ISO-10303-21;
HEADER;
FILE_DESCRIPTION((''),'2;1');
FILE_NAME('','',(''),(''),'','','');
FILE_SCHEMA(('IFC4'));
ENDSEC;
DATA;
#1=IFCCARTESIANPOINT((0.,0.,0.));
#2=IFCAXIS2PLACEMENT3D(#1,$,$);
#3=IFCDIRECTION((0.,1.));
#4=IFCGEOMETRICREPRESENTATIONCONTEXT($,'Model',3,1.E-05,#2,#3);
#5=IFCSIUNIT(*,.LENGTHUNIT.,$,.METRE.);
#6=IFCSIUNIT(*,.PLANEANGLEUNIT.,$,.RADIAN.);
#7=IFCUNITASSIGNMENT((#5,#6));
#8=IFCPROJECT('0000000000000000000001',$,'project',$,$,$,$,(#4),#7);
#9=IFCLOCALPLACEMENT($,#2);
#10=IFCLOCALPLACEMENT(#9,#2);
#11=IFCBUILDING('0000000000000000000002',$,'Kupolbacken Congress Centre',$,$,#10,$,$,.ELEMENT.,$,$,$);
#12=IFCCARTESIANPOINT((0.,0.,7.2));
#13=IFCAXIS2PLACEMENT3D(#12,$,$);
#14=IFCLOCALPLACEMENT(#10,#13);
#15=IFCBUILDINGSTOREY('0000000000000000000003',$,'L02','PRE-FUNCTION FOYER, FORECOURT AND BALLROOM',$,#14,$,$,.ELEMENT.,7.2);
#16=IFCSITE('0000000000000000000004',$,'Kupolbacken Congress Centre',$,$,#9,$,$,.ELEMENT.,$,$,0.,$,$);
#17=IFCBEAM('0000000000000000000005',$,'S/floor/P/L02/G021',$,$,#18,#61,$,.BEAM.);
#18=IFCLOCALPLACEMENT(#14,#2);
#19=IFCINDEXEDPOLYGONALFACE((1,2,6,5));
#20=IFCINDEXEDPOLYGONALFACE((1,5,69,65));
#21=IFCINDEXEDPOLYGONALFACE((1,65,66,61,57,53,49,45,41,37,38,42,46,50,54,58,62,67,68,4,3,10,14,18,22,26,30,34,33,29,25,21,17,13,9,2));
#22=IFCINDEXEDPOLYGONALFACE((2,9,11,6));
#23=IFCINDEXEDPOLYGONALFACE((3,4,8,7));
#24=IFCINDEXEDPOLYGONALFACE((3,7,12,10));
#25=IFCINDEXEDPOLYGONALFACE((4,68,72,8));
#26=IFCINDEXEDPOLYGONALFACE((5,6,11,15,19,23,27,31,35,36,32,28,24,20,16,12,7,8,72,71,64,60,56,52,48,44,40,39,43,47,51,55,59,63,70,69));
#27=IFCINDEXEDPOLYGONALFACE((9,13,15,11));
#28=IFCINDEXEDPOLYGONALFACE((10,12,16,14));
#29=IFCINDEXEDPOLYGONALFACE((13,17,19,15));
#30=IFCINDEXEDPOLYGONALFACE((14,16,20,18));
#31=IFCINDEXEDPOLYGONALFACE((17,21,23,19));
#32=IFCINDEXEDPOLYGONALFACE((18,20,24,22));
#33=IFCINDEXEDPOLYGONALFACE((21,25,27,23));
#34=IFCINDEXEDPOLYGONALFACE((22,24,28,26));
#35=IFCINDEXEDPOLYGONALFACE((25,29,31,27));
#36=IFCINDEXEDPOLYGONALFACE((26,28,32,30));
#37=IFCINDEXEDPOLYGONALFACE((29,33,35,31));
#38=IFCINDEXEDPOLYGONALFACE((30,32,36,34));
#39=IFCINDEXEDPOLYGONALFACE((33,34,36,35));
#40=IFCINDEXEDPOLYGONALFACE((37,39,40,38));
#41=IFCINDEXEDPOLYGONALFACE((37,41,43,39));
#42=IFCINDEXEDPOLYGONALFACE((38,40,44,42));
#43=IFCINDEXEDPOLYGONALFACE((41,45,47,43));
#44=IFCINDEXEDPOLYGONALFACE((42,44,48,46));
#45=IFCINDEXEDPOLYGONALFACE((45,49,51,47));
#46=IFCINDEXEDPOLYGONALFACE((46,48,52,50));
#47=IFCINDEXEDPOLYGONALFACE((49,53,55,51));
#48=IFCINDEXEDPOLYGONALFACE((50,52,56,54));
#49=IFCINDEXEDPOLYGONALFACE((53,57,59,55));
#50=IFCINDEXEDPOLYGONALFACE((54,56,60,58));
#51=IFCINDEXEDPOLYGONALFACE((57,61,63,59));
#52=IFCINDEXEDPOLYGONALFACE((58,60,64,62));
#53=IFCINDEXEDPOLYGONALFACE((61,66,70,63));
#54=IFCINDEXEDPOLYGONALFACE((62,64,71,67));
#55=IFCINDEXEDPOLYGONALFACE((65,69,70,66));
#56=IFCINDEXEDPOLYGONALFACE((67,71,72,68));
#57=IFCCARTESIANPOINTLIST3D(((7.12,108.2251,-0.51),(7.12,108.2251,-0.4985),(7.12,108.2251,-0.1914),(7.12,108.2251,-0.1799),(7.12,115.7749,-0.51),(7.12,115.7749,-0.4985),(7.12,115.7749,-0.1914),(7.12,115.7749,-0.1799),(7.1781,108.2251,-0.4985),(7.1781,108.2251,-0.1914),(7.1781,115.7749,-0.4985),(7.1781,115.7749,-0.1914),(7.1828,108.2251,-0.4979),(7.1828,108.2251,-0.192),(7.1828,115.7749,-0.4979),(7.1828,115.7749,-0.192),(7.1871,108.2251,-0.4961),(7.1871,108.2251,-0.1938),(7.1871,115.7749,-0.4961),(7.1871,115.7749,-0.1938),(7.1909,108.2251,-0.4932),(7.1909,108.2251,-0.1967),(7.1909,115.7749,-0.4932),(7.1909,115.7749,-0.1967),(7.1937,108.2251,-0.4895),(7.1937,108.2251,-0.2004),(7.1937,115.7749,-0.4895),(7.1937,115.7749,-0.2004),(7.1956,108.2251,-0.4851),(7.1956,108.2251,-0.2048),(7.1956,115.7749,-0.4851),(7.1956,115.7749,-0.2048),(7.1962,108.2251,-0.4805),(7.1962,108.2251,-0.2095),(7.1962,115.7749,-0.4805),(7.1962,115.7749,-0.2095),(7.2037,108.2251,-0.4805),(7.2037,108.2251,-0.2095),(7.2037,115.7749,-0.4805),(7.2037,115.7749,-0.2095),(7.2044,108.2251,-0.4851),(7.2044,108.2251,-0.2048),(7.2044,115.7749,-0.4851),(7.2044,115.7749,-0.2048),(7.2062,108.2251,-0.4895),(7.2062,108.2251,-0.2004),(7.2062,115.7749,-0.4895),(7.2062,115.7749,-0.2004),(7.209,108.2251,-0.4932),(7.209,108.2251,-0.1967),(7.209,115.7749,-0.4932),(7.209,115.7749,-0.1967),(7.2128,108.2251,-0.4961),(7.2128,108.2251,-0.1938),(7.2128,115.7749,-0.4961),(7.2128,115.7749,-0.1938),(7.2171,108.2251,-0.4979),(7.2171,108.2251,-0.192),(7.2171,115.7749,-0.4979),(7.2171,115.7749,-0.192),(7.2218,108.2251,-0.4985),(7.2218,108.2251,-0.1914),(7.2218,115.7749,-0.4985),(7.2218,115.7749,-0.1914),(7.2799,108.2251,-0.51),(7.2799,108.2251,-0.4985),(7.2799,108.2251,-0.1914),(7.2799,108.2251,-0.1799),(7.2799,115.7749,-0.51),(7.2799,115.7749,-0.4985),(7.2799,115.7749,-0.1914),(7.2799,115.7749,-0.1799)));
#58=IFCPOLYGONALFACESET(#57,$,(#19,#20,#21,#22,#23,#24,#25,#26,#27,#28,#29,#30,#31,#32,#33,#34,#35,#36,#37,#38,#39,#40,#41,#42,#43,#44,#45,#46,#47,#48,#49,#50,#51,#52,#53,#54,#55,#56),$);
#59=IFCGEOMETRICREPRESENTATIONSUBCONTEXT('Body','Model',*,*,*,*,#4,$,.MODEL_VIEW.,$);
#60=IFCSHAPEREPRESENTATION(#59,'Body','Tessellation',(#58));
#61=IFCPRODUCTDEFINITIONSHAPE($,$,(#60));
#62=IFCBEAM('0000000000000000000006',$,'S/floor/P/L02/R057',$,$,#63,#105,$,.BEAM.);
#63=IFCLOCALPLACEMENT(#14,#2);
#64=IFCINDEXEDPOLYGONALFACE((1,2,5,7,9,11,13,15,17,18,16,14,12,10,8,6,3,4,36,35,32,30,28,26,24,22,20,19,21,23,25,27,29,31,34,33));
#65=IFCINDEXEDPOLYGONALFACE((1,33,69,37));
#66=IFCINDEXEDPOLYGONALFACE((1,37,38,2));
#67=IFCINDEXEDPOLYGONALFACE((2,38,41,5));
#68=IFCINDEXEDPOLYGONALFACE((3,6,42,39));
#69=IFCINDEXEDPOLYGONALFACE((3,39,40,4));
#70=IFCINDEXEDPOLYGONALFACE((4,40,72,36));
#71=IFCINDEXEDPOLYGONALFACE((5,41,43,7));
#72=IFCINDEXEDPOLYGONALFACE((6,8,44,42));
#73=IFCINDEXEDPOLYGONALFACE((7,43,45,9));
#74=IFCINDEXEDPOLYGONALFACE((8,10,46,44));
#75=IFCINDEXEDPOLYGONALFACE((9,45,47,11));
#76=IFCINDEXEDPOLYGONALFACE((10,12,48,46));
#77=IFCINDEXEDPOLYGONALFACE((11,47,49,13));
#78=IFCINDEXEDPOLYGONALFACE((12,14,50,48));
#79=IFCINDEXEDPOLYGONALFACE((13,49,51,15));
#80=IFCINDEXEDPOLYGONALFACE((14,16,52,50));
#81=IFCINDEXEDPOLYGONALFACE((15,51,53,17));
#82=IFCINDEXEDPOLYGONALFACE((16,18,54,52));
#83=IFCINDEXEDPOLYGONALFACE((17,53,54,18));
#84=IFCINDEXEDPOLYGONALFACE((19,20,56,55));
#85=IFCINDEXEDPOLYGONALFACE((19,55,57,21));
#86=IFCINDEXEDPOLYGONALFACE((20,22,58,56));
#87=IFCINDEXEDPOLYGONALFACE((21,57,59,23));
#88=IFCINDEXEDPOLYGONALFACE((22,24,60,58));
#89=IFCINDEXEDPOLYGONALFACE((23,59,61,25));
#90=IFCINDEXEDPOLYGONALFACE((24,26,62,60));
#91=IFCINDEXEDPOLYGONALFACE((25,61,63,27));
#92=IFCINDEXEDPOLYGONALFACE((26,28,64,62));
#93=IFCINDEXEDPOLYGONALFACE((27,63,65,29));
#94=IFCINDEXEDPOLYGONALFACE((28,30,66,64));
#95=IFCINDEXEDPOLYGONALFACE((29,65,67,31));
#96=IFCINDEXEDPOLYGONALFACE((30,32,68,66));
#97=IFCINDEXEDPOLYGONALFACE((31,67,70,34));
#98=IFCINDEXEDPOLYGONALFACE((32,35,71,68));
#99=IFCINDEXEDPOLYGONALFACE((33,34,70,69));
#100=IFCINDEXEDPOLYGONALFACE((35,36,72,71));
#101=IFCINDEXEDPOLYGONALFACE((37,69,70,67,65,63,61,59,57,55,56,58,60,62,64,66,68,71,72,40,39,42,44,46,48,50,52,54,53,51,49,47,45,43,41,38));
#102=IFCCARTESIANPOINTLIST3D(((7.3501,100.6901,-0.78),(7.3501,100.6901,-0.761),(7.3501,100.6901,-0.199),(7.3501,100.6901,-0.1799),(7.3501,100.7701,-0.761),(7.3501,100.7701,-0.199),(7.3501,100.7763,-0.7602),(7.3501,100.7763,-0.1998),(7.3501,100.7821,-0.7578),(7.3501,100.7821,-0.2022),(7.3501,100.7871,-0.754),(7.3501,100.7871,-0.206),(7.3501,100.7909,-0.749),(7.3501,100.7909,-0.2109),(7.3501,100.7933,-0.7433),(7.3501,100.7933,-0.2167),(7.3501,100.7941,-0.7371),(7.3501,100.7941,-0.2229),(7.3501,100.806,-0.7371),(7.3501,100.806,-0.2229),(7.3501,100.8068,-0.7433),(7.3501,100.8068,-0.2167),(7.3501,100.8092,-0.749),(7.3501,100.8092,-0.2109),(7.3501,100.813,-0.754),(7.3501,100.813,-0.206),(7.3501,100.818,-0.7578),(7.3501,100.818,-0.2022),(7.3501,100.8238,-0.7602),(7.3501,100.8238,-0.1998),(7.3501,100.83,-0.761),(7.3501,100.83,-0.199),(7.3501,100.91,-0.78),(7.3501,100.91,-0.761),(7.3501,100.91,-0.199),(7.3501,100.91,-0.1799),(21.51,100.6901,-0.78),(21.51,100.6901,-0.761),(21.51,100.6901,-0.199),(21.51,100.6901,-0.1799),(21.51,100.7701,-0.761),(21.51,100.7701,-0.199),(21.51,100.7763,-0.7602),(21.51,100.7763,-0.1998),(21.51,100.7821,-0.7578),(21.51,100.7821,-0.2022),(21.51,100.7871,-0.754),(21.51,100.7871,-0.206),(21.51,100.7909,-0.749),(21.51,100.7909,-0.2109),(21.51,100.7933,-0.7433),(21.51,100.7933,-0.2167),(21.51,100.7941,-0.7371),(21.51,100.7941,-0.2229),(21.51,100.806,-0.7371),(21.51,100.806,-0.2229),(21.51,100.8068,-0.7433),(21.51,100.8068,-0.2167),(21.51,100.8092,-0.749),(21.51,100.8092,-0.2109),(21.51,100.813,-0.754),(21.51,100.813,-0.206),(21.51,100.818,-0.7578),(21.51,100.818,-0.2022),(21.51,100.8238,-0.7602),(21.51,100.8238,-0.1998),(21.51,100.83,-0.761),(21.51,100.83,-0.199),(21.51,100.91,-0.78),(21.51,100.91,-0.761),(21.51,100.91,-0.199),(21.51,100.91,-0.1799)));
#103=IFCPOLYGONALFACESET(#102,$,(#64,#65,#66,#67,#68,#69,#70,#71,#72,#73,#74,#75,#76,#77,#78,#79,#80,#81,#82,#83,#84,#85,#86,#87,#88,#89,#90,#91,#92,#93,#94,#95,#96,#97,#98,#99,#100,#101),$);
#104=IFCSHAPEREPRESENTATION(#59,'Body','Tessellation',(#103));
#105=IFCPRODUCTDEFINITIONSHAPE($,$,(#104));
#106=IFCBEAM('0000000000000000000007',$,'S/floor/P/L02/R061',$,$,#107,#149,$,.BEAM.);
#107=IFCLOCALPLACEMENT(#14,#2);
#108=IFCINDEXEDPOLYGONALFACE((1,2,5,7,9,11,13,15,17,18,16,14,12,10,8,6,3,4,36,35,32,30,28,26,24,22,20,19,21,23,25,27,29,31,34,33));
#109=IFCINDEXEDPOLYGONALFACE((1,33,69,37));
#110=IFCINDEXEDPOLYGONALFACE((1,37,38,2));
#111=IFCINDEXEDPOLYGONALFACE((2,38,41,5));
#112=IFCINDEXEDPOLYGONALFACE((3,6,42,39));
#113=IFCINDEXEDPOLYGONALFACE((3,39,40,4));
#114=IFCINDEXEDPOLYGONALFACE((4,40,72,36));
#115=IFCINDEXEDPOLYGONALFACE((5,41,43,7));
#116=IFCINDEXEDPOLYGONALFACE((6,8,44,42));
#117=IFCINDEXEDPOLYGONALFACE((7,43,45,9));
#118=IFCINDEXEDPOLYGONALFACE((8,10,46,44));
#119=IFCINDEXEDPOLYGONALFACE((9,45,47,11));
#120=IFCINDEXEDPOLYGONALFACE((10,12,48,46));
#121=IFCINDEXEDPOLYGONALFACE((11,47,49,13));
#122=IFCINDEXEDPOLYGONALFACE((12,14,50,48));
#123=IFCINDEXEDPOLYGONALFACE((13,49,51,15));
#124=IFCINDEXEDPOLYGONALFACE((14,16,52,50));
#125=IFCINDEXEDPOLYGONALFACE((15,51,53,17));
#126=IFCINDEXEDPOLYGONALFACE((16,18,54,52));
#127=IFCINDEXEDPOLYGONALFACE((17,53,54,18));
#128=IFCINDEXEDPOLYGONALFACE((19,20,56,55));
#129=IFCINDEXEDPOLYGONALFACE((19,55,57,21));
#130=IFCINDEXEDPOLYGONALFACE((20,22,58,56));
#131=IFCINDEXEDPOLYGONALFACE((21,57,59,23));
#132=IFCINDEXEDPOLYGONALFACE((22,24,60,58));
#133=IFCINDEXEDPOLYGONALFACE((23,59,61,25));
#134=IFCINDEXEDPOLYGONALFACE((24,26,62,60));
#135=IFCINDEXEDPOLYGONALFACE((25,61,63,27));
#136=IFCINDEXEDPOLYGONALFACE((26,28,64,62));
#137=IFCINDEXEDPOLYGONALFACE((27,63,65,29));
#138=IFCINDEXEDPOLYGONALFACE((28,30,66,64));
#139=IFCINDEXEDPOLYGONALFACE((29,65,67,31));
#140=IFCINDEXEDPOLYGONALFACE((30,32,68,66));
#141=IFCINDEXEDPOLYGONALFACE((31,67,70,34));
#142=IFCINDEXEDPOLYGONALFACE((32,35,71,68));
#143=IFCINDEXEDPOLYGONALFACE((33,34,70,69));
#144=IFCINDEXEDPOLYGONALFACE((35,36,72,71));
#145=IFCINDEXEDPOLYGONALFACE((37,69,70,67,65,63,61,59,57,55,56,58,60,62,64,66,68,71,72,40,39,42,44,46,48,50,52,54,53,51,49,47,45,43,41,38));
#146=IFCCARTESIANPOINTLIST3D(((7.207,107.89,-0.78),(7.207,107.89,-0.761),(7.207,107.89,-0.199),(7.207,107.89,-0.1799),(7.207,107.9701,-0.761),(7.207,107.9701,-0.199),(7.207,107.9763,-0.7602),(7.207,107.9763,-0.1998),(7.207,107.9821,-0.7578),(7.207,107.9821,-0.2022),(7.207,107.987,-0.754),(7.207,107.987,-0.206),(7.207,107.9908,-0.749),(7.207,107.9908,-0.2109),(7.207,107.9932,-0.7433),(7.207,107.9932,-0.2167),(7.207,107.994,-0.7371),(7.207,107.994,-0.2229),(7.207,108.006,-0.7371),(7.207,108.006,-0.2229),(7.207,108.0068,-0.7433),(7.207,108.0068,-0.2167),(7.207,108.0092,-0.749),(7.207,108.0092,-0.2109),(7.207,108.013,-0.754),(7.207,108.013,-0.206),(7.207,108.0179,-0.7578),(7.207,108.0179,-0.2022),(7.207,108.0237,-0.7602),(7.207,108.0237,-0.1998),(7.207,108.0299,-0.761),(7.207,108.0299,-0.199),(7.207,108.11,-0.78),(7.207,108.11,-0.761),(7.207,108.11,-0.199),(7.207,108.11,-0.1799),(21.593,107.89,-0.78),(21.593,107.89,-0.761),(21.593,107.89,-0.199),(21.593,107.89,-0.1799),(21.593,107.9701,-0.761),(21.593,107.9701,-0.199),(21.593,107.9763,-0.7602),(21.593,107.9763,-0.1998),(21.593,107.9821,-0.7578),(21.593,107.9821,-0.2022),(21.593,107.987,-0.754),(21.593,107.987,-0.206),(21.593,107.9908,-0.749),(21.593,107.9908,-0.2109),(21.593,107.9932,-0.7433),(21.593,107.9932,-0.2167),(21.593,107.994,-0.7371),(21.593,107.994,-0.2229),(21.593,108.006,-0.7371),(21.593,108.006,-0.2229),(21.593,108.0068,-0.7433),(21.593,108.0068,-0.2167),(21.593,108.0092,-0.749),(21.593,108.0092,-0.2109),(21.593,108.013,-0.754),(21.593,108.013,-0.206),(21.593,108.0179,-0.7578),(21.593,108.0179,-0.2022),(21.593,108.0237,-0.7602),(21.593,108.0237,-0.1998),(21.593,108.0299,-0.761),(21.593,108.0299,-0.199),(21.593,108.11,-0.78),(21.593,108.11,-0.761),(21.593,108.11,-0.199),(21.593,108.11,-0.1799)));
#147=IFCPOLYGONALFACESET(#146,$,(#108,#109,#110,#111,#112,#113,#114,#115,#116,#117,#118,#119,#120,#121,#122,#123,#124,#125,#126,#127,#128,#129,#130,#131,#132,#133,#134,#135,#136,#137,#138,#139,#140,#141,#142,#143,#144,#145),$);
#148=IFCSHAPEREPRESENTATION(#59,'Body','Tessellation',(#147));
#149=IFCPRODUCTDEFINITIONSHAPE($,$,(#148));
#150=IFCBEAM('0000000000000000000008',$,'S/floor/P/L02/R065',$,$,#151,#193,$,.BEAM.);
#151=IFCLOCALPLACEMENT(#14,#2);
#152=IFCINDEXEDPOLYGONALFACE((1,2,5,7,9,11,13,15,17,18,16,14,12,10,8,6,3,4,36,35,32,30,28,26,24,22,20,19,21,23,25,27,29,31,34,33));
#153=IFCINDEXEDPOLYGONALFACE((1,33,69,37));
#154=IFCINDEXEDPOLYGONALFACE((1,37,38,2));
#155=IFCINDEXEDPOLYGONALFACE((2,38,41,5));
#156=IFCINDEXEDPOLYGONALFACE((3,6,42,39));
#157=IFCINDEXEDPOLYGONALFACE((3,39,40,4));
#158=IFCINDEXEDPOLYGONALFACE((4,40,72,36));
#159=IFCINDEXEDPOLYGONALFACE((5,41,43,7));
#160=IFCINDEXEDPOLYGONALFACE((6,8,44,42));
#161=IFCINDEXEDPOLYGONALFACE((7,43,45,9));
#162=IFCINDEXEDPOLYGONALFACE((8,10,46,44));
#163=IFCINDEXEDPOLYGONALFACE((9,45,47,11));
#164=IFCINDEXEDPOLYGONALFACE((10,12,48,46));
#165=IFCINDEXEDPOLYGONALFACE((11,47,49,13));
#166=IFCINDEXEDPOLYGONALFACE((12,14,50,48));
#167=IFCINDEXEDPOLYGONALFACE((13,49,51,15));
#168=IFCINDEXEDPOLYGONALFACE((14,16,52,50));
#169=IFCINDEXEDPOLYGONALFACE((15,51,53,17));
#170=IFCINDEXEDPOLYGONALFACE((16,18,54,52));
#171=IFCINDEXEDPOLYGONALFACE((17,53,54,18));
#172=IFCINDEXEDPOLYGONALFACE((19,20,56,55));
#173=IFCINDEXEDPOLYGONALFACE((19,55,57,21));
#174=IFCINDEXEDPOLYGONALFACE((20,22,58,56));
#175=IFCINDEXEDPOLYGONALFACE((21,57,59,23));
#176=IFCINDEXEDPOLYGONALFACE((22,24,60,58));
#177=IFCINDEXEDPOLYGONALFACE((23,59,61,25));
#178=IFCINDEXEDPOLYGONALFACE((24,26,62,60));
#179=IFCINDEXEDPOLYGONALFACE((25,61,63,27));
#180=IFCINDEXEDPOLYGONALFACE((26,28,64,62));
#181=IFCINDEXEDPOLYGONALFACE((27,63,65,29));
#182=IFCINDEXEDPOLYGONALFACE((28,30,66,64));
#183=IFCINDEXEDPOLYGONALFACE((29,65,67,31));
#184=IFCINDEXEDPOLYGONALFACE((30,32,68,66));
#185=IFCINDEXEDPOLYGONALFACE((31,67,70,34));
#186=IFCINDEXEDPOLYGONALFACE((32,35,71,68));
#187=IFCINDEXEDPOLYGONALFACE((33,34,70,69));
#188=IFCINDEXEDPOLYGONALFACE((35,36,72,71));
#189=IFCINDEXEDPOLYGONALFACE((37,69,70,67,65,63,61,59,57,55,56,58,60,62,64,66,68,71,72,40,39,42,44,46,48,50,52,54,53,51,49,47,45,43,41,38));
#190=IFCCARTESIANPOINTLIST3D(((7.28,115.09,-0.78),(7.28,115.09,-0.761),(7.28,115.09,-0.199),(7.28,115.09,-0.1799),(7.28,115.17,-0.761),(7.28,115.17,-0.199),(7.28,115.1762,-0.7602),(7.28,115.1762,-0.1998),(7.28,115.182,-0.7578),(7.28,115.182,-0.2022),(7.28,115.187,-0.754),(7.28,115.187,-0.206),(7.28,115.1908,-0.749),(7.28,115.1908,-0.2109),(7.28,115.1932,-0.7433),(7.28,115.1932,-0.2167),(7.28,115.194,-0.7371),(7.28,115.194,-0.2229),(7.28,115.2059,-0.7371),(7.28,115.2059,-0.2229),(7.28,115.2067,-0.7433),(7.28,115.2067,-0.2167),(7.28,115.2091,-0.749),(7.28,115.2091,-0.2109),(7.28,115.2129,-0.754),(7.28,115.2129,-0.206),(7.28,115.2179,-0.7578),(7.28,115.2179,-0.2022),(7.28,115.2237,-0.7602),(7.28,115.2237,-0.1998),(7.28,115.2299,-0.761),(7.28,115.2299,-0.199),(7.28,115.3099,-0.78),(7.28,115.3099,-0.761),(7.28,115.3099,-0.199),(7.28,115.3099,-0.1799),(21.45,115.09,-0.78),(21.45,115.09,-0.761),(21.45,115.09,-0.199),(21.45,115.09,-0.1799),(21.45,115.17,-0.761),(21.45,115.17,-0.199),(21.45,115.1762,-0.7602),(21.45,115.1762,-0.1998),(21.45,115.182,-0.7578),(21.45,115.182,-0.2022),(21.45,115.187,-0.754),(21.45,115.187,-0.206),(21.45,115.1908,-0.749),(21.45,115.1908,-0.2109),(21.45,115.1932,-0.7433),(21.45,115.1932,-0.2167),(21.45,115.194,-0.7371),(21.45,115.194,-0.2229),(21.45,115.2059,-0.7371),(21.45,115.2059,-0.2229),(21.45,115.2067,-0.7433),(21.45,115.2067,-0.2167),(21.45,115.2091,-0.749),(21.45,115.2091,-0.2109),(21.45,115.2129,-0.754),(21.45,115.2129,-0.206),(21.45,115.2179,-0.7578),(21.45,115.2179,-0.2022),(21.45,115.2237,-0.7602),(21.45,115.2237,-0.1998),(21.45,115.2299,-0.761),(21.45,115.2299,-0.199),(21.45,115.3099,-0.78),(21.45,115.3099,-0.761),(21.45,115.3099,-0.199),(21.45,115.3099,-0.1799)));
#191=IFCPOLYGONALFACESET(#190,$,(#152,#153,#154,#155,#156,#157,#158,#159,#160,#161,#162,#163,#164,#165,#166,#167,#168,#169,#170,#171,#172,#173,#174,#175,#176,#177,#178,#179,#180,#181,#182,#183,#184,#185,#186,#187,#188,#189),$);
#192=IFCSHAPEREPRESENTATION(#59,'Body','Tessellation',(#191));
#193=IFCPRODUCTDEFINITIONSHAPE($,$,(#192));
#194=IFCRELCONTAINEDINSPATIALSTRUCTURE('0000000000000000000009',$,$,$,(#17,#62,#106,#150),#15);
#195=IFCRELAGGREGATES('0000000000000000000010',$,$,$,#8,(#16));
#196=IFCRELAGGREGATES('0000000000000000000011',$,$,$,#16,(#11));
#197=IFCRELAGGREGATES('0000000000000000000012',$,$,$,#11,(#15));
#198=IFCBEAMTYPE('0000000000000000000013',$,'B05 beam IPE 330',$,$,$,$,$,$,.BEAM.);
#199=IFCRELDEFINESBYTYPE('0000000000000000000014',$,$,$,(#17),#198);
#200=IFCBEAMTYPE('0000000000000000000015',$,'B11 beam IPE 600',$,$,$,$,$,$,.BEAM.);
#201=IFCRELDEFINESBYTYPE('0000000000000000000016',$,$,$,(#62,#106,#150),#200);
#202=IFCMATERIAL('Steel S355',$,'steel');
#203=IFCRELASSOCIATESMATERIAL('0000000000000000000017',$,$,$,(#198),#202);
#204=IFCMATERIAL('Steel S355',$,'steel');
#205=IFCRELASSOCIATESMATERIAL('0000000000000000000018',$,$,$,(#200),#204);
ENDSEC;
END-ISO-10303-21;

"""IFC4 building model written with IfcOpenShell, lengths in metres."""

from ifc_helpers import new_model, si_unit, direction, frame, origin, origin_2d, place, context, subcontext, project, spatial, i_section, extrude, material, material_profile, profile_set, type_object, element, save


model = new_model("IFC4")

# Units and contexts
model_context = context("Model", 3, precision=1e-05, world=origin(), true_north=direction((0.0, 1.0)))
body_context = subcontext(model_context, "Body", "Model", "MODEL_VIEW")
ifc_project = project(units=[si_unit("LENGTHUNIT", "METRE"), si_unit("PLANEANGLEUNIT", "RADIAN")], contexts=[model_context])

# Site, building, storey
site_placement = place(None, origin())
site = spatial("IfcSite", under=ifc_project, at=site_placement, Name="Kupolbacken Congress Centre", CompositionType="ELEMENT", RefElevation=0.0)
building_placement = place(site_placement, origin())
building = spatial("IfcBuilding", under=site, at=building_placement, Name="Kupolbacken Congress Centre", CompositionType="ELEMENT")
storey_placement = place(building_placement, frame((0.0, 0.0, 7.2)))
storey = spatial("IfcBuildingStorey", under=building, at=storey_placement, Name="L02", Description="PRE-FUNCTION FOYER, FORECOURT AND BALLROOM", CompositionType="ELEMENT", Elevation=7.2)

# Beams
ifc_material_1 = material(Name="Steel S355", Category="steel")
ifc_material_profile_1 = material_profile(ifc_material_1, i_section(OverallWidth=0.1599, OverallDepth=0.3301, WebThickness=0.0076, FlangeThickness=0.0115, FilletRadius=0.0181, at=origin_2d()), Name="IPE 330")
ifc_profile_set_1 = profile_set([ifc_material_profile_1], Name="Steel S355")
beam_type_1 = type_object("IfcBeamType", Name="B05 beam IPE 330", PredefinedType="BEAM", material=ifc_profile_set_1)
beam_1_placement = place(storey_placement, frame((7.2, 108.2251, -0.345), z_axis=(0.0, 1.0, 0.0), x_axis=(-1.0, 0.0, 0.0)))
element("IfcBeam", 1, at=beam_1_placement, inside=storey, type_object=beam_type_1, Name="S/floor/P/L02/G021", PredefinedType="BEAM", context=body_context, shape_type="SweptSolid", body=[
    extrude(i_section(OverallWidth=0.1599, OverallDepth=0.3301, WebThickness=0.0076, FlangeThickness=0.0115, FilletRadius=0.0181, at=origin_2d()), origin(), (0.0, 0.0, 1.0), 7.5498),
])
ifc_material_2 = material(Name="Steel S355", Category="steel")
ifc_material_profile_2 = material_profile(ifc_material_2, i_section(OverallWidth=0.22, OverallDepth=0.6001, WebThickness=0.012, FlangeThickness=0.019, FilletRadius=0.0239, at=origin_2d()), Name="IPE 600")
ifc_profile_set_2 = profile_set([ifc_material_profile_2], Name="Steel S355")
beam_type_2 = type_object("IfcBeamType", Name="B11 beam IPE 600", PredefinedType="BEAM", material=ifc_profile_set_2)
beam_2_placement = place(storey_placement, frame((7.3501, 100.8, -0.48), z_axis=(1.0, 0.0, 0.0), x_axis=(0.0, 1.0, 0.0)))
element("IfcBeam", 2, at=beam_2_placement, inside=storey, type_object=beam_type_2, Name="S/floor/P/L02/R057", PredefinedType="BEAM", context=body_context, shape_type="SweptSolid", body=[
    extrude(i_section(OverallWidth=0.22, OverallDepth=0.6001, WebThickness=0.012, FlangeThickness=0.019, FilletRadius=0.0239, at=origin_2d()), origin(), (0.0, 0.0, 1.0), 14.1599),
])
beam_3_placement = place(storey_placement, frame((7.207, 108.0, -0.48), z_axis=(1.0, 0.0, 0.0), x_axis=(0.0, 1.0, 0.0)))
element("IfcBeam", 3, at=beam_3_placement, inside=storey, type_object=beam_type_2, Name="S/floor/P/L02/R061", PredefinedType="BEAM", context=body_context, shape_type="SweptSolid", body=[
    extrude(i_section(OverallWidth=0.22, OverallDepth=0.6001, WebThickness=0.012, FlangeThickness=0.019, FilletRadius=0.0239, at=origin_2d()), origin(), (0.0, 0.0, 1.0), 14.386),
])
beam_4_placement = place(storey_placement, frame((7.28, 115.2, -0.48), z_axis=(1.0, 0.0, 0.0), x_axis=(0.0, 1.0, 0.0)))
element("IfcBeam", 4, at=beam_4_placement, inside=storey, type_object=beam_type_2, Name="S/floor/P/L02/R065", PredefinedType="BEAM", context=body_context, shape_type="SweptSolid", body=[
    extrude(i_section(OverallWidth=0.22, OverallDepth=0.6001, WebThickness=0.012, FlangeThickness=0.019, FilletRadius=0.0239, at=origin_2d()), origin(), (0.0, 0.0, 1.0), 14.1699),
])

save(model, "model.ifc")
